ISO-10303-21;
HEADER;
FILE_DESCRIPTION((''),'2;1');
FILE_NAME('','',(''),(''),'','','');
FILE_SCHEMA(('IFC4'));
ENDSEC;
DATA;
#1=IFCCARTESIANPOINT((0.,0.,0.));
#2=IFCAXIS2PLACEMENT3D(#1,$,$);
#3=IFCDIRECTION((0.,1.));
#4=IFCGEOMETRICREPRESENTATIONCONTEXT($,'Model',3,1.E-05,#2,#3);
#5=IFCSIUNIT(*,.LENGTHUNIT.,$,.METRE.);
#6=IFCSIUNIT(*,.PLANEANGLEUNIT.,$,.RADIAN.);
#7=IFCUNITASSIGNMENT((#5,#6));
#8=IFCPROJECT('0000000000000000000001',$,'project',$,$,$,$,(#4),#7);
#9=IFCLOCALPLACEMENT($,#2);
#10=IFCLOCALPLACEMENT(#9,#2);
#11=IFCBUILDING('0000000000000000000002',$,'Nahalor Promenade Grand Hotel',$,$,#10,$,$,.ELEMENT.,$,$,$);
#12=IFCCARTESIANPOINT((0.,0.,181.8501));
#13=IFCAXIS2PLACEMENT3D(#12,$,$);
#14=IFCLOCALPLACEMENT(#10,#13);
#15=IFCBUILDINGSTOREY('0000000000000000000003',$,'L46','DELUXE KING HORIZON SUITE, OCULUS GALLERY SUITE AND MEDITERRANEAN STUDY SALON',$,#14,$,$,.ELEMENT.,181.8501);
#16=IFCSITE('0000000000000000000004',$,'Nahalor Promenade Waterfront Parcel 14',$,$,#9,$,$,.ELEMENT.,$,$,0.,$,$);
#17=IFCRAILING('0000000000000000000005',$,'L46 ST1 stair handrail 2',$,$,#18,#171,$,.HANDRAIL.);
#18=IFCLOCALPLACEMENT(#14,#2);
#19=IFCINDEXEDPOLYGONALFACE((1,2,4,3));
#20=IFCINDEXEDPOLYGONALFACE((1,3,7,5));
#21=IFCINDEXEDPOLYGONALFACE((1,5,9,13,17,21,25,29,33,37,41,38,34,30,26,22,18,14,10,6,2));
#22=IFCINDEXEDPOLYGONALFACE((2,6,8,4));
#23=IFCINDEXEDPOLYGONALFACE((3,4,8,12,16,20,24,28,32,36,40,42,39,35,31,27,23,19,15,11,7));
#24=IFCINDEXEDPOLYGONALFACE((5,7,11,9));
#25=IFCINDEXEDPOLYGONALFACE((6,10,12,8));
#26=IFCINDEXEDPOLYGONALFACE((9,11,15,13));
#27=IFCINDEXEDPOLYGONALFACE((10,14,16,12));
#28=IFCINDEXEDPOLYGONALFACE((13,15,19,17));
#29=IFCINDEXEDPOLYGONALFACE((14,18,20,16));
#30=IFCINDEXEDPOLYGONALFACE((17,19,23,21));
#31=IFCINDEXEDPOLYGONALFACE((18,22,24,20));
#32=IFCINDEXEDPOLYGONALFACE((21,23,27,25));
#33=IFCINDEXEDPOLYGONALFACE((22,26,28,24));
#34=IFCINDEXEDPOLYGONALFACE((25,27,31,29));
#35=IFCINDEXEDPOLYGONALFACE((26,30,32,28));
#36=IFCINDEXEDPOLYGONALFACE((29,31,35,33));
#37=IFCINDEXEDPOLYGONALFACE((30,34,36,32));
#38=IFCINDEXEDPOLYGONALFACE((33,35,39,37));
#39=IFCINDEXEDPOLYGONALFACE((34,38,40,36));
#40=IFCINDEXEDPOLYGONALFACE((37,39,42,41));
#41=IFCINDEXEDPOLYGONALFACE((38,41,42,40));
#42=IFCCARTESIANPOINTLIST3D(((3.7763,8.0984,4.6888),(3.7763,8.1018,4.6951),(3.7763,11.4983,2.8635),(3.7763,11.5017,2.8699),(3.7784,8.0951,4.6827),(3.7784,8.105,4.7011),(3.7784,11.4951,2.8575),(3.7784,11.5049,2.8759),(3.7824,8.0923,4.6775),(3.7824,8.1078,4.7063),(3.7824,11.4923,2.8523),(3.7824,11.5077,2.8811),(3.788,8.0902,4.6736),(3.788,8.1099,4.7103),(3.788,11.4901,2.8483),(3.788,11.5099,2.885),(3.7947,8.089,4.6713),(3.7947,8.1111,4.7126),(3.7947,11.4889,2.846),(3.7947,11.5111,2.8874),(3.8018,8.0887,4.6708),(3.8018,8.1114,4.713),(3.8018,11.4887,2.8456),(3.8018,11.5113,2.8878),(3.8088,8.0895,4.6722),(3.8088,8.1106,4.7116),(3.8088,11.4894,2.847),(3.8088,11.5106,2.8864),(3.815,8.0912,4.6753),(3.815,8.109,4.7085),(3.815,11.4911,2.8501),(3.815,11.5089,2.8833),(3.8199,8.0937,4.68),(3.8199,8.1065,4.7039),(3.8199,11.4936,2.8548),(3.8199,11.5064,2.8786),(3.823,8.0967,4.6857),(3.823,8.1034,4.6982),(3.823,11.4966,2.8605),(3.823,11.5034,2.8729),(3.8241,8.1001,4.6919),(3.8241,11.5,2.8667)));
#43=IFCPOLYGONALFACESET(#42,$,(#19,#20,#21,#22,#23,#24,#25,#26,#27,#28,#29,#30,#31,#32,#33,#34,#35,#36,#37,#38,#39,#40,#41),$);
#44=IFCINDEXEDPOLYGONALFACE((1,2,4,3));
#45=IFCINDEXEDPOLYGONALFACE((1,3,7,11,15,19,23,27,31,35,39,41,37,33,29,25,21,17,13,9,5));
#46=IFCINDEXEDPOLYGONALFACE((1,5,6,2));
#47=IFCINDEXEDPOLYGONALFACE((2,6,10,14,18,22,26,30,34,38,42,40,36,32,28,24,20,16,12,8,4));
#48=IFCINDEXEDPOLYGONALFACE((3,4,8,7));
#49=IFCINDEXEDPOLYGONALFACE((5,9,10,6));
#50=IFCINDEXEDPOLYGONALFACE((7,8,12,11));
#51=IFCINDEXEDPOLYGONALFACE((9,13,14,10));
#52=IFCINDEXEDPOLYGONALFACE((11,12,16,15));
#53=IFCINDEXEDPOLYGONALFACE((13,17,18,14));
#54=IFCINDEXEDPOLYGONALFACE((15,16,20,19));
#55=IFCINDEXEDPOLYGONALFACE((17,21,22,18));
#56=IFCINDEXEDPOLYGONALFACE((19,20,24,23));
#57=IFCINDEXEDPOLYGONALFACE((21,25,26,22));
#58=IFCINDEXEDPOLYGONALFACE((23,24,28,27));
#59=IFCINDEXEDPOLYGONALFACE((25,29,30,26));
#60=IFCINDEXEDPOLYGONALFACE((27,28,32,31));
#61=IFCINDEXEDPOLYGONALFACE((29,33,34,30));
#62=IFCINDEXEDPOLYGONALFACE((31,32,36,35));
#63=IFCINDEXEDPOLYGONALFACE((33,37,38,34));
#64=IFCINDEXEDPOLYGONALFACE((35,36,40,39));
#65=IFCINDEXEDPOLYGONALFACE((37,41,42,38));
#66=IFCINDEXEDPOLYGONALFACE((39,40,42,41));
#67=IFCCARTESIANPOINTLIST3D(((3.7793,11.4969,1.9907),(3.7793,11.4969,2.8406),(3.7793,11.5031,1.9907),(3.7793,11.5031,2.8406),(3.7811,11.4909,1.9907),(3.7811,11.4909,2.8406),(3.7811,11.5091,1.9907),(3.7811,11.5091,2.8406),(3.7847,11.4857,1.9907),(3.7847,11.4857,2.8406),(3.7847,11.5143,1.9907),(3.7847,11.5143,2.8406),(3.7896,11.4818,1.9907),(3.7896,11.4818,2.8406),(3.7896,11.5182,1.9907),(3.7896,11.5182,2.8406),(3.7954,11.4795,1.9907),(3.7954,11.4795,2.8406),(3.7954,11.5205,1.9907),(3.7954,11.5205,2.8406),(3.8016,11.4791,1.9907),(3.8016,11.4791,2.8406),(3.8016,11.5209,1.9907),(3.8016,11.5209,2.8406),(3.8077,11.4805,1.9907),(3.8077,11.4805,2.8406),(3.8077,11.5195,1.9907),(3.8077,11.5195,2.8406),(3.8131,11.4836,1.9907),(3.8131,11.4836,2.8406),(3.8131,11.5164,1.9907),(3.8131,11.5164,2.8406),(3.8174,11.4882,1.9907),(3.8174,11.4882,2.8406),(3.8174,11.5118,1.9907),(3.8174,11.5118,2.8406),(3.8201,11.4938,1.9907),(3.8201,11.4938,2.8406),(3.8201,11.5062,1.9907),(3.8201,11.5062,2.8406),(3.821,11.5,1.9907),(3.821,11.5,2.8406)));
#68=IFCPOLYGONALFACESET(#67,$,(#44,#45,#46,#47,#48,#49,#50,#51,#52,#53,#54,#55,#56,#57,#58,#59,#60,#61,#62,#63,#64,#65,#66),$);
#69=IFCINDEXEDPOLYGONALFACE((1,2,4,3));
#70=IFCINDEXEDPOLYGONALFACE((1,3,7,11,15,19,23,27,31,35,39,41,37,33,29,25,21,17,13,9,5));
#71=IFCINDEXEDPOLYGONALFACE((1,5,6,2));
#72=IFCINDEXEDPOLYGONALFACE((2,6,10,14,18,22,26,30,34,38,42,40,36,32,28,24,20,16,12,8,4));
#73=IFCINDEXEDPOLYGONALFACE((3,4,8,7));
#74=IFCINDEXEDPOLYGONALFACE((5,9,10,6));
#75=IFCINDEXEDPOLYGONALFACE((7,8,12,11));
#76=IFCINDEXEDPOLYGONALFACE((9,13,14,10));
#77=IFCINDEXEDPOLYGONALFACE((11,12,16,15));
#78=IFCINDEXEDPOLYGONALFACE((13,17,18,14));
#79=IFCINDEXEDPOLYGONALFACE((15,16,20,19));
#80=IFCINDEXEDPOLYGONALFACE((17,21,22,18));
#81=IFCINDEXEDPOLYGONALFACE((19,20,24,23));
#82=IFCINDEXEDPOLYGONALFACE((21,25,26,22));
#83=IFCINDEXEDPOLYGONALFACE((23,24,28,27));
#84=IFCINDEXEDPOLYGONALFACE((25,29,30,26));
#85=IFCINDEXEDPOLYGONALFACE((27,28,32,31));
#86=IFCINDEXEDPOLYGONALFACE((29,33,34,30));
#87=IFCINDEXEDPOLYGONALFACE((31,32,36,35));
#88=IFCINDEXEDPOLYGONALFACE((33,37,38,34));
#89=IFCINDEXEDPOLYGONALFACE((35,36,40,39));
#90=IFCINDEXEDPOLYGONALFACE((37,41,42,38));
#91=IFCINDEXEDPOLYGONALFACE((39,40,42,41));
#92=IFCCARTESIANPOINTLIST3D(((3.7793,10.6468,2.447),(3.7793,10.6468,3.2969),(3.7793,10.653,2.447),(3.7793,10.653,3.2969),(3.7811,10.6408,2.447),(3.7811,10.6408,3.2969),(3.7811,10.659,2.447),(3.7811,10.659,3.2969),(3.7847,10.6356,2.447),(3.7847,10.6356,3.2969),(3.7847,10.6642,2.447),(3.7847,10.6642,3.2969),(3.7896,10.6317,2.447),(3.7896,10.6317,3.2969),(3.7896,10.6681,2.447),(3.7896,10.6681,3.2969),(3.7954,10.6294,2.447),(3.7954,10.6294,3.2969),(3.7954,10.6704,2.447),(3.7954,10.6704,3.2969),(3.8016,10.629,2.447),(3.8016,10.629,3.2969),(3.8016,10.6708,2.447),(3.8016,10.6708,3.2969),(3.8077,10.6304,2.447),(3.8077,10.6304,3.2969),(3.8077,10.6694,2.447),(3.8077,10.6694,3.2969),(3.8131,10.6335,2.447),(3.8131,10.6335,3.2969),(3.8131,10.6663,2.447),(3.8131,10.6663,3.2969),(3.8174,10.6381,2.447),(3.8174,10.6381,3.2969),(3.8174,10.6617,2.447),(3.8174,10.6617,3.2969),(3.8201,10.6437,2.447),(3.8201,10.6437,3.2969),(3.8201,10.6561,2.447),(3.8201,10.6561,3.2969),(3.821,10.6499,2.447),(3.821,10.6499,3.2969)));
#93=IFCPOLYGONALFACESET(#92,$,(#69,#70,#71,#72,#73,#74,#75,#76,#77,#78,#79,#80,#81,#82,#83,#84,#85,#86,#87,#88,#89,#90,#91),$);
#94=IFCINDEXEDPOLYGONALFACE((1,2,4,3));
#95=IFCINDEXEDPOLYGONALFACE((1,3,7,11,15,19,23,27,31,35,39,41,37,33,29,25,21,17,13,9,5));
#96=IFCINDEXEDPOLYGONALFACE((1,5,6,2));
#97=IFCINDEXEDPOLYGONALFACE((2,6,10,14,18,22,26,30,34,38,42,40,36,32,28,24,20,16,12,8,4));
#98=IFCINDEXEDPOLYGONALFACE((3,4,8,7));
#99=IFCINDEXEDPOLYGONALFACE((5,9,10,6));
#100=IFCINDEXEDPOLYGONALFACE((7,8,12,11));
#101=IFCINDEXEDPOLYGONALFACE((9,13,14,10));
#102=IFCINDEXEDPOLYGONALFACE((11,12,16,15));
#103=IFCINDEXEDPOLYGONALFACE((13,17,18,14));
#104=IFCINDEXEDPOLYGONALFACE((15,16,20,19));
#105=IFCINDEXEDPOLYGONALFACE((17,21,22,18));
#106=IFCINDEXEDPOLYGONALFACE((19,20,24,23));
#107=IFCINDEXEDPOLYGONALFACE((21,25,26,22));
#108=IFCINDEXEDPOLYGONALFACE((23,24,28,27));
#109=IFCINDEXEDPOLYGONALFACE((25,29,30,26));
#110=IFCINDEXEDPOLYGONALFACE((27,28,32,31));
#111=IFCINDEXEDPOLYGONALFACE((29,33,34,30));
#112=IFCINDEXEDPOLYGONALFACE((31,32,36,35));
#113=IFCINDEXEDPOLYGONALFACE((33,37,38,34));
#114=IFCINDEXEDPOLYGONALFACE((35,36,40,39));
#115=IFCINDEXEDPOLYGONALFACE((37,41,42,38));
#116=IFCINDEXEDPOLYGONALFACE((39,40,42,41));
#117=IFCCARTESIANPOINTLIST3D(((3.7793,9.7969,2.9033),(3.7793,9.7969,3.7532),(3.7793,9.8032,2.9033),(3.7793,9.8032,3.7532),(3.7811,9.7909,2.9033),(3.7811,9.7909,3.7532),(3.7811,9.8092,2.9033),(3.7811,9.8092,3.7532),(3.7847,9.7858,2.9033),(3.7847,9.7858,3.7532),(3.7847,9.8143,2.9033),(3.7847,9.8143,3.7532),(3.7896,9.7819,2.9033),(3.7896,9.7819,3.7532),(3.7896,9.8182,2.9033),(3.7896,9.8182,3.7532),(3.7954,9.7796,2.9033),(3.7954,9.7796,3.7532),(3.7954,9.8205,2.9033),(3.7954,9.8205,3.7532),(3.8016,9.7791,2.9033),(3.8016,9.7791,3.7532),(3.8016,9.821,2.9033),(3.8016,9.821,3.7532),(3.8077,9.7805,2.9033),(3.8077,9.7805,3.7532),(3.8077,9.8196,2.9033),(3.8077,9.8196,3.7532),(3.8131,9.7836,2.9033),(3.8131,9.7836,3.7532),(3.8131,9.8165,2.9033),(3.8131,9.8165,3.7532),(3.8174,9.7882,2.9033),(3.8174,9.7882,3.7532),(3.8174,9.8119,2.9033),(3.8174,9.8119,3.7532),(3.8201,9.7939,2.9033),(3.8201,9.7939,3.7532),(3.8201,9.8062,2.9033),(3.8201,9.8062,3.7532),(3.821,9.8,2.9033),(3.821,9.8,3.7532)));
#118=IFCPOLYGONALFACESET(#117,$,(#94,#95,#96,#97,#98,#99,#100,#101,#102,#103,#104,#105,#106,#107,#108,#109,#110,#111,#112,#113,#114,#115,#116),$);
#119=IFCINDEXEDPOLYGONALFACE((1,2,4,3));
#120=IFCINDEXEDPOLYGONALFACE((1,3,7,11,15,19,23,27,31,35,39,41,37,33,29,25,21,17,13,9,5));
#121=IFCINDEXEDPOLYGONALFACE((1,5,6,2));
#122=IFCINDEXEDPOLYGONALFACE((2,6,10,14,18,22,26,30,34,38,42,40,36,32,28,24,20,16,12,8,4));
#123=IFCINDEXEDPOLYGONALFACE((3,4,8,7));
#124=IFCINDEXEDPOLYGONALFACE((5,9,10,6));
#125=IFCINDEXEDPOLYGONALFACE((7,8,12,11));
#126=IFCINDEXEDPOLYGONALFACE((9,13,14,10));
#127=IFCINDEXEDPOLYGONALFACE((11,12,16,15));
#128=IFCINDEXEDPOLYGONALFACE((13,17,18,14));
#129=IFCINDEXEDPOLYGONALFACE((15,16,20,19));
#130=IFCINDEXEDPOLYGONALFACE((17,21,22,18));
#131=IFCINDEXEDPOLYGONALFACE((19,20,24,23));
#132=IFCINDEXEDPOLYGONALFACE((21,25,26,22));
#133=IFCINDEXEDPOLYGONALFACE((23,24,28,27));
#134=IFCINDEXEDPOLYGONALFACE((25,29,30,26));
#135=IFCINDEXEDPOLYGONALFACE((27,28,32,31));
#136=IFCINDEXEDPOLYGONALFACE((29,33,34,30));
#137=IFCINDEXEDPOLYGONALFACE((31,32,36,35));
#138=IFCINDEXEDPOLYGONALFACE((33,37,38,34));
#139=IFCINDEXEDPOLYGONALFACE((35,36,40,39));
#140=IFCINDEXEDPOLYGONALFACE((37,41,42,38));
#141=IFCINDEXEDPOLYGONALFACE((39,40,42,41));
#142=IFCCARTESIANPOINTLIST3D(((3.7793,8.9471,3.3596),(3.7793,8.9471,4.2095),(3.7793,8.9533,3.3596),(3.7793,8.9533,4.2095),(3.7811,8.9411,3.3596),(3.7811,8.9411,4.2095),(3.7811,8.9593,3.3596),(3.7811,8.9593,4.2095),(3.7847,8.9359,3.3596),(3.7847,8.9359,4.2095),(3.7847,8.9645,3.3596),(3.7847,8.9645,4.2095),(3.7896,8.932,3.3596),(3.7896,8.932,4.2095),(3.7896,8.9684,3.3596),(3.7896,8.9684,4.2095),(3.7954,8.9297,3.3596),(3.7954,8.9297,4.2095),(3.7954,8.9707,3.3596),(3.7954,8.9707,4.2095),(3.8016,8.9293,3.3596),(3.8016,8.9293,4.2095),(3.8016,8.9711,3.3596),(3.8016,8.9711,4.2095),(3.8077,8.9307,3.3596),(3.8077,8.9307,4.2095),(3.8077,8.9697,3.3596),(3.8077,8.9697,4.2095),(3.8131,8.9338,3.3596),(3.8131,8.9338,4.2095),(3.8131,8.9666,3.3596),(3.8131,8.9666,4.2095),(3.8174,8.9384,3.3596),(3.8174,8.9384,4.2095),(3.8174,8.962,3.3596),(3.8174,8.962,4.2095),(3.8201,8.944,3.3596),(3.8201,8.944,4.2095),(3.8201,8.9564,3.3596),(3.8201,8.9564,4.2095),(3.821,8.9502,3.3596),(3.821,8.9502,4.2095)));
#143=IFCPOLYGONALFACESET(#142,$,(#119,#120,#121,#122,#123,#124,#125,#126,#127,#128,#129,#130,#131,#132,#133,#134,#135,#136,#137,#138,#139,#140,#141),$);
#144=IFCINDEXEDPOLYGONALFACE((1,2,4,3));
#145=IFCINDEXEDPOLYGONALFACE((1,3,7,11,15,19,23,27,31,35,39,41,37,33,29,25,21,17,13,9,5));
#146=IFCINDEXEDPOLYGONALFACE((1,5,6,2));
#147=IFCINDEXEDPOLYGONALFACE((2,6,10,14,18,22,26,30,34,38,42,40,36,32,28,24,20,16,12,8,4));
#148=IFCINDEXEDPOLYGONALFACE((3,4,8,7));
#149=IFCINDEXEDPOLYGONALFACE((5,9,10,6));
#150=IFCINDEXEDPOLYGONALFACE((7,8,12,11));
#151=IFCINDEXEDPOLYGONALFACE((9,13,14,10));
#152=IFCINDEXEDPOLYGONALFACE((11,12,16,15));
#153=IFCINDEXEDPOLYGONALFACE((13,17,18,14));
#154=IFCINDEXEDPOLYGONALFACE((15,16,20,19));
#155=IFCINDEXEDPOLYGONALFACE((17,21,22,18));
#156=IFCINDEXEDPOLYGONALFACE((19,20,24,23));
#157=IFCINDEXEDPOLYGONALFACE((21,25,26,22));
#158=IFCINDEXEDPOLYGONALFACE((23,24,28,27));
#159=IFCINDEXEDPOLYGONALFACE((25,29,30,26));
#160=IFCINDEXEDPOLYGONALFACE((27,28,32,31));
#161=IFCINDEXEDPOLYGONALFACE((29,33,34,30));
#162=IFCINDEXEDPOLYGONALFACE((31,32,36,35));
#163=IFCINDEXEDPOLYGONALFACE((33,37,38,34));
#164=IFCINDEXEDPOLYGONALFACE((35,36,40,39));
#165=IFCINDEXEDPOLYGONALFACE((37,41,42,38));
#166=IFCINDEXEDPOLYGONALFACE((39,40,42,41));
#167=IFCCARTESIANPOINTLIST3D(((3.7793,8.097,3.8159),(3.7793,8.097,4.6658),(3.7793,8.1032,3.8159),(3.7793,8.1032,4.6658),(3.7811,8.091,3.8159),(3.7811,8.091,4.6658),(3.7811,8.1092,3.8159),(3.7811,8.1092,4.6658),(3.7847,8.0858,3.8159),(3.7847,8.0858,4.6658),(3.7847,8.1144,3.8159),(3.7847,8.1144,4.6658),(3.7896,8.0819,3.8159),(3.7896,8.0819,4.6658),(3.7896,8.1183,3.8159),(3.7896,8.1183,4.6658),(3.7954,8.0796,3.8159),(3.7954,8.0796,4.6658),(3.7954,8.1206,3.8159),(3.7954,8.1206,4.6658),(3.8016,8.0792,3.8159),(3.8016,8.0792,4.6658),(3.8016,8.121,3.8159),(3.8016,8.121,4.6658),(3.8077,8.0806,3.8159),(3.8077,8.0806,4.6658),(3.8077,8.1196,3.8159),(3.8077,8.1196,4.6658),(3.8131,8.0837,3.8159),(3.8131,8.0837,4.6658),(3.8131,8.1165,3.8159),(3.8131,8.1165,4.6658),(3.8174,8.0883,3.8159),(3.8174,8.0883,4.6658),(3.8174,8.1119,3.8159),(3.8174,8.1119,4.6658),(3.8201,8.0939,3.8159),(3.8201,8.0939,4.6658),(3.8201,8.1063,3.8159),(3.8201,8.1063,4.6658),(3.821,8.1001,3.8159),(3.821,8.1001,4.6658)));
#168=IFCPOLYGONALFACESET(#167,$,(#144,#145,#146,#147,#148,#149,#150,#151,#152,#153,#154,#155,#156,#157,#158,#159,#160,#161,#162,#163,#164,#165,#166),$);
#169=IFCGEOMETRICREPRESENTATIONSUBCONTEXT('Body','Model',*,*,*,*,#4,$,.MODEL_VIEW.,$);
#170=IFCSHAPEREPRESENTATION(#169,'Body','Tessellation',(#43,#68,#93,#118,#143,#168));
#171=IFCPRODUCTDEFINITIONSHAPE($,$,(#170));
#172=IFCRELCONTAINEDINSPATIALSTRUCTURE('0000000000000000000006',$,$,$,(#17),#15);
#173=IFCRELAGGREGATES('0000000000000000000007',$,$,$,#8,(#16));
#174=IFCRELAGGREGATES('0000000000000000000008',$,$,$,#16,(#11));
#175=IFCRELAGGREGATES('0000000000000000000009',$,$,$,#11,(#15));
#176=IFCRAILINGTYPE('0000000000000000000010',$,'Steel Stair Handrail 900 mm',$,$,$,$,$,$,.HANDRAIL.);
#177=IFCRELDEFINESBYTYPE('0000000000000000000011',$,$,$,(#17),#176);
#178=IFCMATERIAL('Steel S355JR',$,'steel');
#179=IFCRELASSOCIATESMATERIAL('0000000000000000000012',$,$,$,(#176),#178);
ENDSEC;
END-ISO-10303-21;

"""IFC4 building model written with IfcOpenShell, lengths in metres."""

from ifc_helpers import new_model, si_unit, direction, frame, origin, origin_2d, place, context, subcontext, project, spatial, circle, extrude, material, type_object, element, save


model = new_model("IFC4")

# Units and contexts
model_context = context("Model", 3, precision=1e-05, world=origin(), true_north=direction((0.0, 1.0)))
body_context = subcontext(model_context, "Body", "Model", "MODEL_VIEW")
ifc_project = project(units=[si_unit("LENGTHUNIT", "METRE"), si_unit("PLANEANGLEUNIT", "RADIAN")], contexts=[model_context])

# Site, building, storey
site_placement = place(None, origin())
site = spatial("IfcSite", under=ifc_project, at=site_placement, Name="Nahalor Promenade Waterfront Parcel 14", CompositionType="ELEMENT", RefElevation=0.0)
building_placement = place(site_placement, origin())
building = spatial("IfcBuilding", under=site, at=building_placement, Name="Nahalor Promenade Grand Hotel", CompositionType="ELEMENT")
storey_placement = place(building_placement, frame((0.0, 0.0, 181.8501)))
storey = spatial("IfcBuildingStorey", under=building, at=storey_placement, Name="L46", Description="DELUXE KING HORIZON SUITE, OCULUS GALLERY SUITE AND MEDITERRANEAN STUDY SALON", CompositionType="ELEMENT", Elevation=181.8501)

# Shared definitions
ifc_material_1 = material(Name="Steel S355JR", Category="steel")

# Railing
railing_type_1 = type_object("IfcRailingType", Name="Steel Stair Handrail 900 mm", PredefinedType="HANDRAIL", material=ifc_material_1)
railing_1_placement = place(storey_placement, frame((3.8, 11.5, 1.9907)))
element("IfcRailing", 1, at=railing_1_placement, inside=storey, type_object=railing_type_1, Name="L46 ST1 stair handrail 2", PredefinedType="HANDRAIL", context=body_context, shape_type="SweptSolid", body=[
    extrude(circle(Radius=0.024, at=origin_2d()), frame((0.0, 0.0, 0.876), z_axis=(0.0, -0.881068, 0.47299), x_axis=(1.0, 0.0, 0.0)), (0.0, 0.0, 1.0), 3.8589),
    extrude(circle(Radius=0.021, at=origin_2d()), origin(), (0.0, 0.0, 1.0), 0.8499),
    extrude(circle(Radius=0.021, at=origin_2d()), frame((0.0, -0.8501, 0.4563)), (0.0, 0.0, 1.0), 0.8499),
    extrude(circle(Radius=0.021, at=origin_2d()), frame((0.0, -1.7, 0.9126)), (0.0, 0.0, 1.0), 0.8499),
    extrude(circle(Radius=0.021, at=origin_2d()), frame((0.0, -2.5498, 1.3689)), (0.0, 0.0, 1.0), 0.8499),
    extrude(circle(Radius=0.021, at=origin_2d()), frame((0.0, -3.3999, 1.8252)), (0.0, 0.0, 1.0), 0.8499),
])

save(model, "model.ifc")
